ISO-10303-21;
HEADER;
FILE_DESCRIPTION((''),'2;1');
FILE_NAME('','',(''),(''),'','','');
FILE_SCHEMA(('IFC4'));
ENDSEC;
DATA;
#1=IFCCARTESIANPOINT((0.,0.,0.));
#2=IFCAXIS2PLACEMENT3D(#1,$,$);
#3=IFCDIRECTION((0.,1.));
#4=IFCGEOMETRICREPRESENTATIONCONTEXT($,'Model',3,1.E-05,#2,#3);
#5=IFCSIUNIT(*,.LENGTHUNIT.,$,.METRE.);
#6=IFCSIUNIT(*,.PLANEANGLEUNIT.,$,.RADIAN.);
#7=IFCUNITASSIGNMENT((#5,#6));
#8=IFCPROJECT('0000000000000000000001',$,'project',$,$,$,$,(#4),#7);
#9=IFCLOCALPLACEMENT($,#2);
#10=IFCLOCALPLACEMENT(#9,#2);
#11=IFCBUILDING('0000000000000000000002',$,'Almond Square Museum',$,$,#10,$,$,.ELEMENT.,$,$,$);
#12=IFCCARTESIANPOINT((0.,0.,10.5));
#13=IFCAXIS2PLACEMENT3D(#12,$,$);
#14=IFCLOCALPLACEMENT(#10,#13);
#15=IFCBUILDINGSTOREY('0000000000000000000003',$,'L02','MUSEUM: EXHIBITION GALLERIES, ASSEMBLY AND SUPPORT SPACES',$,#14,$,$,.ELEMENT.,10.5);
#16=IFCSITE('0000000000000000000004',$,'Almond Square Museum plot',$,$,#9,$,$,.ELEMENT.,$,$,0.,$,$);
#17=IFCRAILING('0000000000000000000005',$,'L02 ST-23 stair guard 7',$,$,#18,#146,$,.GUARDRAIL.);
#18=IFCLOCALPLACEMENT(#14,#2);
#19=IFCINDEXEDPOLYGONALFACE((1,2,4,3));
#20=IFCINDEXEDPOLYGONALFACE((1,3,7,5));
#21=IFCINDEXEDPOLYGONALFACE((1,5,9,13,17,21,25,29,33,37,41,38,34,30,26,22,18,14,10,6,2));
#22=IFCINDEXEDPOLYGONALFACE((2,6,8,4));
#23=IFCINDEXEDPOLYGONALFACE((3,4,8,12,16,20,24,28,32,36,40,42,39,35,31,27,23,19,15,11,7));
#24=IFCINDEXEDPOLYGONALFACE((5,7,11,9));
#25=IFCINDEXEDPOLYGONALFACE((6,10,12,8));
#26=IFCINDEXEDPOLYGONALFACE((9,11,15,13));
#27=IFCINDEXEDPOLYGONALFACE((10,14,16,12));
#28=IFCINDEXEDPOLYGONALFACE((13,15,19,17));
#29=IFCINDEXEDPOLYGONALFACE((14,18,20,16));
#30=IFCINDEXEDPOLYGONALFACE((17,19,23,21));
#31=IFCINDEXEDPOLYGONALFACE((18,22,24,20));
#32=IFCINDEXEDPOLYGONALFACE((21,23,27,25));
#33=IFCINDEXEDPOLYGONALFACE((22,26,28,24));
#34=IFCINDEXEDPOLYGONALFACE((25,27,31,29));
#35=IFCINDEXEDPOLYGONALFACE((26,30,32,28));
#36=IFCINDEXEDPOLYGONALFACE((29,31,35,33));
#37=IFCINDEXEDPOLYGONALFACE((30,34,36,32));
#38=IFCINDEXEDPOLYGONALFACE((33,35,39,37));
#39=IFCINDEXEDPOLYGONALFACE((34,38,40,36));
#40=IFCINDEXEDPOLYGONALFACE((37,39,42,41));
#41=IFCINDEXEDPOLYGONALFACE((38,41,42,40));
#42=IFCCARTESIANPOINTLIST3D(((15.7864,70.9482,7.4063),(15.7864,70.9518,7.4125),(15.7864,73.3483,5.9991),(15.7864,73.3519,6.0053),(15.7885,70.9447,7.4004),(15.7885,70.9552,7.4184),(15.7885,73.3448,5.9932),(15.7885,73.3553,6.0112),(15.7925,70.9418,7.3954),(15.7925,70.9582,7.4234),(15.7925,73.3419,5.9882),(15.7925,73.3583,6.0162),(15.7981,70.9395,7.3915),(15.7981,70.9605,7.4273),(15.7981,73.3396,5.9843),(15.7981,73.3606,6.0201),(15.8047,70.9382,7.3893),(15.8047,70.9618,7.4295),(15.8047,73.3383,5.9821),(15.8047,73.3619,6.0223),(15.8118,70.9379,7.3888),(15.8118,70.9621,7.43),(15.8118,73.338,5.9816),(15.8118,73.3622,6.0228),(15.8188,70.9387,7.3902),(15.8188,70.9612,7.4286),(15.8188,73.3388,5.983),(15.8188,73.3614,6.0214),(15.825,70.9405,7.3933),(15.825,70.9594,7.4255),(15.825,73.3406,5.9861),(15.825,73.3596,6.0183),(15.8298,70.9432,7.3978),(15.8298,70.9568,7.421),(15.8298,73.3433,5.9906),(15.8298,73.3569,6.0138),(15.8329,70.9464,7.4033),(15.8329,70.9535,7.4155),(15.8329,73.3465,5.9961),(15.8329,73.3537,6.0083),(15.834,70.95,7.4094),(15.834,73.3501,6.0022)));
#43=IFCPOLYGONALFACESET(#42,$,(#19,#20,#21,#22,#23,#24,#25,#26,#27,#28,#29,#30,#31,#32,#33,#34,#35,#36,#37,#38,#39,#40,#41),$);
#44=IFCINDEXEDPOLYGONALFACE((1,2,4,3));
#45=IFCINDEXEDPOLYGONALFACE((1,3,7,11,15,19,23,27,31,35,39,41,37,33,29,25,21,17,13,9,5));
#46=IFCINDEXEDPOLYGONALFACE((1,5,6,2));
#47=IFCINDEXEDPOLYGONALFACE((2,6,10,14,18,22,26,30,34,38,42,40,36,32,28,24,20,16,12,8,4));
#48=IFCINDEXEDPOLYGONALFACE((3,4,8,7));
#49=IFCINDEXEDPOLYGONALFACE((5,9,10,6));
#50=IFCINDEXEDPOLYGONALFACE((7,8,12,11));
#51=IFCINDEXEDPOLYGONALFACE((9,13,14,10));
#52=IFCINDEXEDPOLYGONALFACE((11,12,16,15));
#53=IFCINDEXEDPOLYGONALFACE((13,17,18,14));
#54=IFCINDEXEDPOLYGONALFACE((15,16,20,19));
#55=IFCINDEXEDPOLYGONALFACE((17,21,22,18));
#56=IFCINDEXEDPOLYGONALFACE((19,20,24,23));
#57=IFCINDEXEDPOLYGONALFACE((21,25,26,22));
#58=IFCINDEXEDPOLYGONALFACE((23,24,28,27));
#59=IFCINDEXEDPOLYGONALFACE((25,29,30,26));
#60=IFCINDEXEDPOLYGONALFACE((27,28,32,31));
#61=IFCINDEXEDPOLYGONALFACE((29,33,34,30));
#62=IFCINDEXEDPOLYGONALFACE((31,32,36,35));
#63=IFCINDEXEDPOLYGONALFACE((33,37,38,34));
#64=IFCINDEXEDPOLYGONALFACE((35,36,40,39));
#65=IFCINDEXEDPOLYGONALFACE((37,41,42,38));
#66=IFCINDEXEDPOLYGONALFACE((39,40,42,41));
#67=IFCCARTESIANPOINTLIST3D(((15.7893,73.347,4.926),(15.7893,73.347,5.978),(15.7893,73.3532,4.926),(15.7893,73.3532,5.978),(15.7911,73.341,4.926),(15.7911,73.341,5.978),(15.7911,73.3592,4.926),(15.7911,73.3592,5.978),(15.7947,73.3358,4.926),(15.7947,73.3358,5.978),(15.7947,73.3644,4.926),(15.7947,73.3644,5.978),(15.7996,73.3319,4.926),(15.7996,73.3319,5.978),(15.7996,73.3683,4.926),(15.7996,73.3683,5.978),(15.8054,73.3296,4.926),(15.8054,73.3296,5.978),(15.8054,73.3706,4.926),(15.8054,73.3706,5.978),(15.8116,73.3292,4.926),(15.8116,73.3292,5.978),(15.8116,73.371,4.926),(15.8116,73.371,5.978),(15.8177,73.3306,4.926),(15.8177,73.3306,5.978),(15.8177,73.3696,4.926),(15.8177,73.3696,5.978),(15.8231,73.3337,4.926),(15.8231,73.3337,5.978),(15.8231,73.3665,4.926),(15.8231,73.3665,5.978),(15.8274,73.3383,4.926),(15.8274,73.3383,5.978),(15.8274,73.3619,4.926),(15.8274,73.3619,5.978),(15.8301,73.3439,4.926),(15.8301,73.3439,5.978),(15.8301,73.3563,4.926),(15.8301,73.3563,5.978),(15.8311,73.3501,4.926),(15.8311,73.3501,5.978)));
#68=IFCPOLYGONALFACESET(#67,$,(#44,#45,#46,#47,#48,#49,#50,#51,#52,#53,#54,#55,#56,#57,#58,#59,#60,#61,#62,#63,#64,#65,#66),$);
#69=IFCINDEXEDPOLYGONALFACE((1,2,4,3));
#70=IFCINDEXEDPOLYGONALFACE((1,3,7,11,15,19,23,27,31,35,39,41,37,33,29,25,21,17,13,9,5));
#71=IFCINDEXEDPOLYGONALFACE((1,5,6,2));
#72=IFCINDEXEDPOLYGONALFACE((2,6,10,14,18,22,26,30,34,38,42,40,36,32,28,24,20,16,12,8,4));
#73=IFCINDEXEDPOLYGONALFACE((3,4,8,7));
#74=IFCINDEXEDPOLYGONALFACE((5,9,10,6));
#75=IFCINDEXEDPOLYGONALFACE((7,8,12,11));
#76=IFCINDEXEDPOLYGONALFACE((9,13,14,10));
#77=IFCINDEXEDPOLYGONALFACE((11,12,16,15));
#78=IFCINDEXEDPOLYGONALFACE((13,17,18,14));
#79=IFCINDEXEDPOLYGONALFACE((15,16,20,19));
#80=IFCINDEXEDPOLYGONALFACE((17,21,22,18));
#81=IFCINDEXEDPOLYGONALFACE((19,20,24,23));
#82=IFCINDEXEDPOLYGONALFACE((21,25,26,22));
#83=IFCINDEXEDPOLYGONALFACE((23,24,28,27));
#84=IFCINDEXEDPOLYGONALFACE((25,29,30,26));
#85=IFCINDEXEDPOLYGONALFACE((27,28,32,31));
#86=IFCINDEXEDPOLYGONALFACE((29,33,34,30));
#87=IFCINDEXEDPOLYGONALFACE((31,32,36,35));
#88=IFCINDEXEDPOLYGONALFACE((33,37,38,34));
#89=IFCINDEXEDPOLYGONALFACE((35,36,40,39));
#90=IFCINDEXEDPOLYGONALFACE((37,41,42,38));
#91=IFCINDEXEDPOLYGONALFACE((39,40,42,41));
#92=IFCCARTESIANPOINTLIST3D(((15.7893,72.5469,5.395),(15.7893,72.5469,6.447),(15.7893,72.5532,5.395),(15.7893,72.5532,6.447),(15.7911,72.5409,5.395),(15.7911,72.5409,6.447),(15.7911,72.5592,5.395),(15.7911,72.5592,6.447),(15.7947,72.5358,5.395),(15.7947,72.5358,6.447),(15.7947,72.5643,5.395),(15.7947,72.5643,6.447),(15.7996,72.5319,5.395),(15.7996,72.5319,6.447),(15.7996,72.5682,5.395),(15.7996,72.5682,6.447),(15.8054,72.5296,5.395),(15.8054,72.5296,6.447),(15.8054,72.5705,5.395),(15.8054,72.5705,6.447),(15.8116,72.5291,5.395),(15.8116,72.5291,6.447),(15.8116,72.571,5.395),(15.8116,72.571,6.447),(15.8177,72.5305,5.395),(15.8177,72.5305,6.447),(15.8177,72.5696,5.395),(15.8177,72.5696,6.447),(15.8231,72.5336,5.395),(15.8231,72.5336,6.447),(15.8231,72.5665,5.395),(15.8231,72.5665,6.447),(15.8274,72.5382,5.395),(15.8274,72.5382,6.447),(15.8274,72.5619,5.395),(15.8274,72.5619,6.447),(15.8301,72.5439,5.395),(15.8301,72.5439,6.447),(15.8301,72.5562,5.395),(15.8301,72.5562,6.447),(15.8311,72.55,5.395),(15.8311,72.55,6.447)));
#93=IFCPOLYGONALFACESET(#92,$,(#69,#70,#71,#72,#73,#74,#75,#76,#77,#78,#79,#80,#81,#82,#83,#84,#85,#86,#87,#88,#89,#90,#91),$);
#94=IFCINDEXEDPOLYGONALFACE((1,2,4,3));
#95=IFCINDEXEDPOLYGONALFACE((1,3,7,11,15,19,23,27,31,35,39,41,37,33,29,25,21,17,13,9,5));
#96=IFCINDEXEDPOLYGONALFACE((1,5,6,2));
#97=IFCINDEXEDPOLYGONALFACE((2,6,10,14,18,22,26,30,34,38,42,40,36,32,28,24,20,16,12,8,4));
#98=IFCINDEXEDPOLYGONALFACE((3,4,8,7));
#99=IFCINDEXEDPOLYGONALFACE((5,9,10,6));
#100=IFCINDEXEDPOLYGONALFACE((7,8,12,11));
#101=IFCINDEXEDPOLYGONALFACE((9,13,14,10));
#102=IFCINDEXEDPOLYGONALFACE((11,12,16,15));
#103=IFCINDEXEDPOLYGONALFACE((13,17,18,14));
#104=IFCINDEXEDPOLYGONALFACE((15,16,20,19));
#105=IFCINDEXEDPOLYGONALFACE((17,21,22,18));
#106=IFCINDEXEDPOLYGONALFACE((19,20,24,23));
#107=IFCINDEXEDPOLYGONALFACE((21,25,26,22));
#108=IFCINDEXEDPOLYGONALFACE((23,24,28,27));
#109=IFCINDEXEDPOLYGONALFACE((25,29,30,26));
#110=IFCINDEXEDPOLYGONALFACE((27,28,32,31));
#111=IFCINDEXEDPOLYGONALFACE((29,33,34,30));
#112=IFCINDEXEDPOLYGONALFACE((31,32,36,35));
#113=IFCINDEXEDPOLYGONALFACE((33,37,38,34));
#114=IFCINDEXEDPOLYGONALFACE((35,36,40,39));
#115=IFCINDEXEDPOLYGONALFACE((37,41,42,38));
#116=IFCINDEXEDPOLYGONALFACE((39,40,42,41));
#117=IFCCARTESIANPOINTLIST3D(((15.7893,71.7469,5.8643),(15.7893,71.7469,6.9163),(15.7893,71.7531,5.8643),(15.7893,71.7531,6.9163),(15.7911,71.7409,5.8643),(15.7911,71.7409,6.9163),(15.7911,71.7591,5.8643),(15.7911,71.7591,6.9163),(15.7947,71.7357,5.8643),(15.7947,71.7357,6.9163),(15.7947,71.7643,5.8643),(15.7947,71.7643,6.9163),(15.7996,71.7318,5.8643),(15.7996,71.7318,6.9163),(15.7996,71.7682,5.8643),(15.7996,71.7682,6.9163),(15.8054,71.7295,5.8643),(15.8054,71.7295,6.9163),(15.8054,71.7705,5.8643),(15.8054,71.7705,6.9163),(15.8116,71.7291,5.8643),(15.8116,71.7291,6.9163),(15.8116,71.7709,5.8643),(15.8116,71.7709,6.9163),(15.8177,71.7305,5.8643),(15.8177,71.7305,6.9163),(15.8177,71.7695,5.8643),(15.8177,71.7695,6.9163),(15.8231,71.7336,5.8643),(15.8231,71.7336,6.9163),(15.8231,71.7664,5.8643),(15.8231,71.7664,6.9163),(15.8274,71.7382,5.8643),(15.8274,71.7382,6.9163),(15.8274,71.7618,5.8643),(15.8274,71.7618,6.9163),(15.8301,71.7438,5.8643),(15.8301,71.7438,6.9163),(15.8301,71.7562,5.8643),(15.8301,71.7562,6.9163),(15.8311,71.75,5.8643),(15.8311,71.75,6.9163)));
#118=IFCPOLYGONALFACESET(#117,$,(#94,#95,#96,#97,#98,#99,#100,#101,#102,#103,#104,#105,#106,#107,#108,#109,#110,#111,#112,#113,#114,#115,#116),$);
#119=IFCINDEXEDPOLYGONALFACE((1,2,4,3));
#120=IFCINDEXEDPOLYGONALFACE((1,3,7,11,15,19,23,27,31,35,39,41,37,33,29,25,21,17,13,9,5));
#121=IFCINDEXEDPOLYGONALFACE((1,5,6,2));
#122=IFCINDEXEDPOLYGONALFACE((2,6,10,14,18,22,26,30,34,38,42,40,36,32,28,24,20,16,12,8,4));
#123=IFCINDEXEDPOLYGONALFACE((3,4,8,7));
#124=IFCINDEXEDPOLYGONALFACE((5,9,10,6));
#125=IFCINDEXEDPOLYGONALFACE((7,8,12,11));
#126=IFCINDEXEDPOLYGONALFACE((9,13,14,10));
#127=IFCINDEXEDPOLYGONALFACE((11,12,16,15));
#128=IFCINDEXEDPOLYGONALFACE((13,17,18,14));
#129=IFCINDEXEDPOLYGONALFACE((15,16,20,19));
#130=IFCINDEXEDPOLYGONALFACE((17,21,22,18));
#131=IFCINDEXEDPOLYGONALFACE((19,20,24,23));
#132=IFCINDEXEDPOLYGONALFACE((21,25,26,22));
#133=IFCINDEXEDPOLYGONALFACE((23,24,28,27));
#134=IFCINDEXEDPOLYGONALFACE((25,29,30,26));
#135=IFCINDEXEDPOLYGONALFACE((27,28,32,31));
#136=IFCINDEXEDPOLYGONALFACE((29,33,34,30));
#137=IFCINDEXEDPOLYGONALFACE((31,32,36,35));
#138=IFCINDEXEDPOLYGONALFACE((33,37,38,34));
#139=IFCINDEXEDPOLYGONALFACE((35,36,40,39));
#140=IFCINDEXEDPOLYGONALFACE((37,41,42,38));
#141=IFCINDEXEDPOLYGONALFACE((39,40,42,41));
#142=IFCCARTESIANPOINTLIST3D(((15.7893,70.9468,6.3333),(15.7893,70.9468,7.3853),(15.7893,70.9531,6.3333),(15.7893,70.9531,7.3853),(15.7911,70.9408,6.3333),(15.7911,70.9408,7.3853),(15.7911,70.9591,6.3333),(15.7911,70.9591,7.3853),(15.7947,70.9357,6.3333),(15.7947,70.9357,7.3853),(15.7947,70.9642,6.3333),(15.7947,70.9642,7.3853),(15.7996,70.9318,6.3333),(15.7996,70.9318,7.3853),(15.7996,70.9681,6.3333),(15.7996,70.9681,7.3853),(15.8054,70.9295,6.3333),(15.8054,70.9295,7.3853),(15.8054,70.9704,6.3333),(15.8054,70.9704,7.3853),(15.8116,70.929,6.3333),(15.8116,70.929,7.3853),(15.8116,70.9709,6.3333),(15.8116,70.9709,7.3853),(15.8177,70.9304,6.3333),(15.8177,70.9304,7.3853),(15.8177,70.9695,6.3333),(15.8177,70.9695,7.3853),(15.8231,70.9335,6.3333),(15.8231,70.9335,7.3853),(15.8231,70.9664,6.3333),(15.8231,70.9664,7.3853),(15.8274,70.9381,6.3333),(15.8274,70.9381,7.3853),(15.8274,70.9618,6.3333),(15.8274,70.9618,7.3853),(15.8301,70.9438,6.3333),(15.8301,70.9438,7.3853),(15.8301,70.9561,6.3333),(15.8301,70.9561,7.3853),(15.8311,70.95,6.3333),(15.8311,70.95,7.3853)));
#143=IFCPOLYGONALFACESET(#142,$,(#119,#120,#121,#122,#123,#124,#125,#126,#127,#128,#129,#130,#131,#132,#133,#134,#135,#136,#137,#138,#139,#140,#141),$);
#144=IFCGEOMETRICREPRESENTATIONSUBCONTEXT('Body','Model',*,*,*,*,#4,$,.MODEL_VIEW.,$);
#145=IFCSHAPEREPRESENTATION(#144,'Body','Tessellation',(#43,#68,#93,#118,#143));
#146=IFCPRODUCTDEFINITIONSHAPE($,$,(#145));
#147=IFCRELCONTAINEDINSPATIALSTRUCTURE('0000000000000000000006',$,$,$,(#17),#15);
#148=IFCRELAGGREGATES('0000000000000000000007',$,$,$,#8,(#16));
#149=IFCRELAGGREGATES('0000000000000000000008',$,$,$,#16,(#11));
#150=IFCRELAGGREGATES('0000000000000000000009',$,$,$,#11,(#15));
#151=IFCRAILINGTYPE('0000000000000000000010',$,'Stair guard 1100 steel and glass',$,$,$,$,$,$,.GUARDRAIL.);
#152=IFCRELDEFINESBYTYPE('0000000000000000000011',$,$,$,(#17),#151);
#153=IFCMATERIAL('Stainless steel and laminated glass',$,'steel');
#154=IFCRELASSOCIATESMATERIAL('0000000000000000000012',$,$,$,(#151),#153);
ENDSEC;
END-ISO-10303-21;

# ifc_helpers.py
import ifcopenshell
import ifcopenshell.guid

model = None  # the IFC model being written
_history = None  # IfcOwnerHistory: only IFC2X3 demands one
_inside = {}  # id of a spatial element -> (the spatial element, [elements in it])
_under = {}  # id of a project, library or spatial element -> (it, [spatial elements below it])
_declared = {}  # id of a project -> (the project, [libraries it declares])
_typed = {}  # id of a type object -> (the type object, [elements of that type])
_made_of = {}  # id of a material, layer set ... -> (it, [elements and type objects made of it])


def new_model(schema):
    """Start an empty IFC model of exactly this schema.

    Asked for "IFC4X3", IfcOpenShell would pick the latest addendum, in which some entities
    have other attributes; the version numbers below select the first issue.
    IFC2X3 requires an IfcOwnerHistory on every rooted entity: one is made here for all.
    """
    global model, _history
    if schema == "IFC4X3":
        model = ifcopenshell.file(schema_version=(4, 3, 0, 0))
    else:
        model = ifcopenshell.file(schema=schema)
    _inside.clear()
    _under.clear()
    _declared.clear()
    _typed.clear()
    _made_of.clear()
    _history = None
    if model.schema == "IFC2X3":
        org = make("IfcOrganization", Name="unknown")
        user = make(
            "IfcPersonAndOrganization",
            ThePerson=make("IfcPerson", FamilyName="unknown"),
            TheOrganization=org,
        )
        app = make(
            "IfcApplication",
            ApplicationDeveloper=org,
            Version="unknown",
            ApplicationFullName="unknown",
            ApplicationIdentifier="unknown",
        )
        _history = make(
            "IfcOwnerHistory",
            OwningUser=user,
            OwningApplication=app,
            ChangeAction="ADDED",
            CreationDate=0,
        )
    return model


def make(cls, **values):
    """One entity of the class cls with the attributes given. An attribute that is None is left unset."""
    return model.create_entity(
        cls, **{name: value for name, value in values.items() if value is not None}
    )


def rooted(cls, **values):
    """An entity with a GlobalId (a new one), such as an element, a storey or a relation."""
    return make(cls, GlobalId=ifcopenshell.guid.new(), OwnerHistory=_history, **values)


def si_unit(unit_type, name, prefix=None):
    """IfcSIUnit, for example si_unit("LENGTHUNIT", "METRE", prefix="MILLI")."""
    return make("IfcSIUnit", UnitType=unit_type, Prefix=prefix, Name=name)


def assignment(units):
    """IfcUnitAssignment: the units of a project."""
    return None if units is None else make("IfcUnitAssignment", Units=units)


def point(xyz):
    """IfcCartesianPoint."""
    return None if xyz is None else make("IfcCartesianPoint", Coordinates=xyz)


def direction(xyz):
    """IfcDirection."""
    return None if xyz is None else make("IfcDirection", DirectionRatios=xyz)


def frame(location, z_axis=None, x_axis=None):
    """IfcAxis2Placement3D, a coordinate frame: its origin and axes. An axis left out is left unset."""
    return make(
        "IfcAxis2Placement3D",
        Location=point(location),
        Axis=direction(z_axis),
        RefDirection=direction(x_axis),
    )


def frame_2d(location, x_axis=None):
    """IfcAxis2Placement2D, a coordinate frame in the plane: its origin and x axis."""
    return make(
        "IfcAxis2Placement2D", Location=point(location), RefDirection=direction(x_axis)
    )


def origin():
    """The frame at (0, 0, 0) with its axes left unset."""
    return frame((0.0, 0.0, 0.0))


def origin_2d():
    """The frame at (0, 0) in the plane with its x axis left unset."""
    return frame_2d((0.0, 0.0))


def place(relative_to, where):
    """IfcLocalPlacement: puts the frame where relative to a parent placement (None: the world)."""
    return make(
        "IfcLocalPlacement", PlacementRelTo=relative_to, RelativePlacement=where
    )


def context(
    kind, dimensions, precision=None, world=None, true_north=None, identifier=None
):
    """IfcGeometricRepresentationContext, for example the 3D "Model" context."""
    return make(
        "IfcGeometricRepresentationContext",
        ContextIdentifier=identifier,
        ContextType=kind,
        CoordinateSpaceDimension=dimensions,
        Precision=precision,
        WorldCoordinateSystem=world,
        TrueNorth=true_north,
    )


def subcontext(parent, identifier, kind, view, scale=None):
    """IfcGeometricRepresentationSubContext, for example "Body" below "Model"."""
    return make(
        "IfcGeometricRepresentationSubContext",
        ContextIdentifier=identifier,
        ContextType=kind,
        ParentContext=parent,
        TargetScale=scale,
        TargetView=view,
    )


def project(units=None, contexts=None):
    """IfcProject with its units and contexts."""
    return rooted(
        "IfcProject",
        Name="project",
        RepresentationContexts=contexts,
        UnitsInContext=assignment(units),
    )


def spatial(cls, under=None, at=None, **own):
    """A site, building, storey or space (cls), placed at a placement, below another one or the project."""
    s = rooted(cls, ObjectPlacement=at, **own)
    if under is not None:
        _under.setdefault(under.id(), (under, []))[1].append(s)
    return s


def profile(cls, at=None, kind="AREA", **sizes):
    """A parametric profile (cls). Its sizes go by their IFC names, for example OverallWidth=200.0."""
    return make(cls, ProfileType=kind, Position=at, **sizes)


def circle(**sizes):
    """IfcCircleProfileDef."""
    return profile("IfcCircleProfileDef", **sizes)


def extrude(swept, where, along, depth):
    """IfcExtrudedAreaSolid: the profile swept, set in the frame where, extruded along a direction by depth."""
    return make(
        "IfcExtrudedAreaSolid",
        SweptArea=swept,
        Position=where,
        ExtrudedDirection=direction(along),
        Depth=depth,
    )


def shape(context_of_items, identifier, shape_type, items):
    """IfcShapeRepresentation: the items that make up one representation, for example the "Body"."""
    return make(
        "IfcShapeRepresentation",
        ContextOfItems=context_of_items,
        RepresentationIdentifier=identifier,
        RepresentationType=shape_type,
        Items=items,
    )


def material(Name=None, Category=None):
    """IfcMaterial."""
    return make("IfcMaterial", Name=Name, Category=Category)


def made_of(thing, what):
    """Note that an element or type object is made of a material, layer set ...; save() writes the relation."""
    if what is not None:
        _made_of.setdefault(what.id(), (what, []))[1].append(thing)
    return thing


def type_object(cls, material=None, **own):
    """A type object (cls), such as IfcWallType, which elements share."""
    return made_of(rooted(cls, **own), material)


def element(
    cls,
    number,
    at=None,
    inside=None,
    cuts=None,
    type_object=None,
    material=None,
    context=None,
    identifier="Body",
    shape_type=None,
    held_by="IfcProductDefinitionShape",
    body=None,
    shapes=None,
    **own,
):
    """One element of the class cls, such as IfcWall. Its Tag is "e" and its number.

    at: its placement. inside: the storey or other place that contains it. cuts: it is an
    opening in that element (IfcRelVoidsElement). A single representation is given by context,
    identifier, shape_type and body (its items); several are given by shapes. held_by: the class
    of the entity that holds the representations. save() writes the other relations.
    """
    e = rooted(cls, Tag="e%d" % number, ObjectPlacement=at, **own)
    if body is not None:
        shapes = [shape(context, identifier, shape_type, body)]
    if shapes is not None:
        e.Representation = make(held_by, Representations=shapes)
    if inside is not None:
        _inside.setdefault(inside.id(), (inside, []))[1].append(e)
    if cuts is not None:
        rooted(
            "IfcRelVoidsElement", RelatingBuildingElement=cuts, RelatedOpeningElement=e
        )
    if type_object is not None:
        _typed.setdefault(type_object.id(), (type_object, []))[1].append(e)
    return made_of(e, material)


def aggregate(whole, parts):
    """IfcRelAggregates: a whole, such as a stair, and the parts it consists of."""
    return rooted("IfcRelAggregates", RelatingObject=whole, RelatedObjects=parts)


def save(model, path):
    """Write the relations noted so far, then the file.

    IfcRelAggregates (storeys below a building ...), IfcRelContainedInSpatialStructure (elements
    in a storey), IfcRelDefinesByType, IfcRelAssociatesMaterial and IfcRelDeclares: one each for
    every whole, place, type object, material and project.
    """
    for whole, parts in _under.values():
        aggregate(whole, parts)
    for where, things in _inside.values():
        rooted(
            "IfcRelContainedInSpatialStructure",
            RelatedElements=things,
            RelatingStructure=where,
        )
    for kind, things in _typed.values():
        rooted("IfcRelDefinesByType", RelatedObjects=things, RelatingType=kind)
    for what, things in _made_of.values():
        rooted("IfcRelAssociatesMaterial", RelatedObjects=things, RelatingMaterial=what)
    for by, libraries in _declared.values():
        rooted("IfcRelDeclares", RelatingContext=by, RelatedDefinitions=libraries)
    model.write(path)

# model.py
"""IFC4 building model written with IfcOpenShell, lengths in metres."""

from ifc_helpers import new_model, si_unit, direction, frame, origin, origin_2d, place, context, subcontext, project, spatial, circle, extrude, material, type_object, element, save


model = new_model("IFC4")

# Units and contexts
model_context = context("Model", 3, precision=1e-05, world=origin(), true_north=direction((0.0, 1.0)))
body_context = subcontext(model_context, "Body", "Model", "MODEL_VIEW")
ifc_project = project(units=[si_unit("LENGTHUNIT", "METRE"), si_unit("PLANEANGLEUNIT", "RADIAN")], contexts=[model_context])

# Site, building, storey
site_placement = place(None, origin())
site = spatial("IfcSite", under=ifc_project, at=site_placement, Name="Almond Square Museum plot", CompositionType="ELEMENT", RefElevation=0.0)
building_placement = place(site_placement, origin())
building = spatial("IfcBuilding", under=site, at=building_placement, Name="Almond Square Museum", CompositionType="ELEMENT")
storey_placement = place(building_placement, frame((0.0, 0.0, 10.5)))
storey = spatial("IfcBuildingStorey", under=building, at=storey_placement, Name="L02", Description="MUSEUM: EXHIBITION GALLERIES, ASSEMBLY AND SUPPORT SPACES", CompositionType="ELEMENT", Elevation=10.5)

# Railing
ifc_material_1 = material(Name="Stainless steel and laminated glass", Category="steel")
railing_type_1 = type_object("IfcRailingType", Name="Stair guard 1100 steel and glass", PredefinedType="GUARDRAIL", material=ifc_material_1)
railing_1_placement = place(storey_placement, frame((15.8101, 73.3501, 4.926)))
element("IfcRailing", 1, at=railing_1_placement, inside=storey, type_object=railing_type_1, Name="L02 ST-23 stair guard 7", PredefinedType="GUARDRAIL", context=body_context, shape_type="SweptSolid", body=[
    extrude(circle(Radius=0.0239, at=origin_2d()), frame((0.0, 0.0, 1.0762), z_axis=(0.0, -0.86266, 0.505785), x_axis=(1.0, 0.0, 0.0)), (0.0, 0.0, 1.0), 2.7822),
    extrude(circle(Radius=0.021, at=origin_2d()), origin(), (0.0, 0.0, 1.0), 1.052),
    extrude(circle(Radius=0.021, at=origin_2d()), frame((0.0, -0.8, 0.469)), (0.0, 0.0, 1.0), 1.052),
    extrude(circle(Radius=0.021, at=origin_2d()), frame((0.0, -1.6001, 0.9382)), (0.0, 0.0, 1.0), 1.052),
    extrude(circle(Radius=0.021, at=origin_2d()), frame((0.0, -2.4001, 1.4072)), (0.0, 0.0, 1.0), 1.052),
])

save(model, "model.ifc")
